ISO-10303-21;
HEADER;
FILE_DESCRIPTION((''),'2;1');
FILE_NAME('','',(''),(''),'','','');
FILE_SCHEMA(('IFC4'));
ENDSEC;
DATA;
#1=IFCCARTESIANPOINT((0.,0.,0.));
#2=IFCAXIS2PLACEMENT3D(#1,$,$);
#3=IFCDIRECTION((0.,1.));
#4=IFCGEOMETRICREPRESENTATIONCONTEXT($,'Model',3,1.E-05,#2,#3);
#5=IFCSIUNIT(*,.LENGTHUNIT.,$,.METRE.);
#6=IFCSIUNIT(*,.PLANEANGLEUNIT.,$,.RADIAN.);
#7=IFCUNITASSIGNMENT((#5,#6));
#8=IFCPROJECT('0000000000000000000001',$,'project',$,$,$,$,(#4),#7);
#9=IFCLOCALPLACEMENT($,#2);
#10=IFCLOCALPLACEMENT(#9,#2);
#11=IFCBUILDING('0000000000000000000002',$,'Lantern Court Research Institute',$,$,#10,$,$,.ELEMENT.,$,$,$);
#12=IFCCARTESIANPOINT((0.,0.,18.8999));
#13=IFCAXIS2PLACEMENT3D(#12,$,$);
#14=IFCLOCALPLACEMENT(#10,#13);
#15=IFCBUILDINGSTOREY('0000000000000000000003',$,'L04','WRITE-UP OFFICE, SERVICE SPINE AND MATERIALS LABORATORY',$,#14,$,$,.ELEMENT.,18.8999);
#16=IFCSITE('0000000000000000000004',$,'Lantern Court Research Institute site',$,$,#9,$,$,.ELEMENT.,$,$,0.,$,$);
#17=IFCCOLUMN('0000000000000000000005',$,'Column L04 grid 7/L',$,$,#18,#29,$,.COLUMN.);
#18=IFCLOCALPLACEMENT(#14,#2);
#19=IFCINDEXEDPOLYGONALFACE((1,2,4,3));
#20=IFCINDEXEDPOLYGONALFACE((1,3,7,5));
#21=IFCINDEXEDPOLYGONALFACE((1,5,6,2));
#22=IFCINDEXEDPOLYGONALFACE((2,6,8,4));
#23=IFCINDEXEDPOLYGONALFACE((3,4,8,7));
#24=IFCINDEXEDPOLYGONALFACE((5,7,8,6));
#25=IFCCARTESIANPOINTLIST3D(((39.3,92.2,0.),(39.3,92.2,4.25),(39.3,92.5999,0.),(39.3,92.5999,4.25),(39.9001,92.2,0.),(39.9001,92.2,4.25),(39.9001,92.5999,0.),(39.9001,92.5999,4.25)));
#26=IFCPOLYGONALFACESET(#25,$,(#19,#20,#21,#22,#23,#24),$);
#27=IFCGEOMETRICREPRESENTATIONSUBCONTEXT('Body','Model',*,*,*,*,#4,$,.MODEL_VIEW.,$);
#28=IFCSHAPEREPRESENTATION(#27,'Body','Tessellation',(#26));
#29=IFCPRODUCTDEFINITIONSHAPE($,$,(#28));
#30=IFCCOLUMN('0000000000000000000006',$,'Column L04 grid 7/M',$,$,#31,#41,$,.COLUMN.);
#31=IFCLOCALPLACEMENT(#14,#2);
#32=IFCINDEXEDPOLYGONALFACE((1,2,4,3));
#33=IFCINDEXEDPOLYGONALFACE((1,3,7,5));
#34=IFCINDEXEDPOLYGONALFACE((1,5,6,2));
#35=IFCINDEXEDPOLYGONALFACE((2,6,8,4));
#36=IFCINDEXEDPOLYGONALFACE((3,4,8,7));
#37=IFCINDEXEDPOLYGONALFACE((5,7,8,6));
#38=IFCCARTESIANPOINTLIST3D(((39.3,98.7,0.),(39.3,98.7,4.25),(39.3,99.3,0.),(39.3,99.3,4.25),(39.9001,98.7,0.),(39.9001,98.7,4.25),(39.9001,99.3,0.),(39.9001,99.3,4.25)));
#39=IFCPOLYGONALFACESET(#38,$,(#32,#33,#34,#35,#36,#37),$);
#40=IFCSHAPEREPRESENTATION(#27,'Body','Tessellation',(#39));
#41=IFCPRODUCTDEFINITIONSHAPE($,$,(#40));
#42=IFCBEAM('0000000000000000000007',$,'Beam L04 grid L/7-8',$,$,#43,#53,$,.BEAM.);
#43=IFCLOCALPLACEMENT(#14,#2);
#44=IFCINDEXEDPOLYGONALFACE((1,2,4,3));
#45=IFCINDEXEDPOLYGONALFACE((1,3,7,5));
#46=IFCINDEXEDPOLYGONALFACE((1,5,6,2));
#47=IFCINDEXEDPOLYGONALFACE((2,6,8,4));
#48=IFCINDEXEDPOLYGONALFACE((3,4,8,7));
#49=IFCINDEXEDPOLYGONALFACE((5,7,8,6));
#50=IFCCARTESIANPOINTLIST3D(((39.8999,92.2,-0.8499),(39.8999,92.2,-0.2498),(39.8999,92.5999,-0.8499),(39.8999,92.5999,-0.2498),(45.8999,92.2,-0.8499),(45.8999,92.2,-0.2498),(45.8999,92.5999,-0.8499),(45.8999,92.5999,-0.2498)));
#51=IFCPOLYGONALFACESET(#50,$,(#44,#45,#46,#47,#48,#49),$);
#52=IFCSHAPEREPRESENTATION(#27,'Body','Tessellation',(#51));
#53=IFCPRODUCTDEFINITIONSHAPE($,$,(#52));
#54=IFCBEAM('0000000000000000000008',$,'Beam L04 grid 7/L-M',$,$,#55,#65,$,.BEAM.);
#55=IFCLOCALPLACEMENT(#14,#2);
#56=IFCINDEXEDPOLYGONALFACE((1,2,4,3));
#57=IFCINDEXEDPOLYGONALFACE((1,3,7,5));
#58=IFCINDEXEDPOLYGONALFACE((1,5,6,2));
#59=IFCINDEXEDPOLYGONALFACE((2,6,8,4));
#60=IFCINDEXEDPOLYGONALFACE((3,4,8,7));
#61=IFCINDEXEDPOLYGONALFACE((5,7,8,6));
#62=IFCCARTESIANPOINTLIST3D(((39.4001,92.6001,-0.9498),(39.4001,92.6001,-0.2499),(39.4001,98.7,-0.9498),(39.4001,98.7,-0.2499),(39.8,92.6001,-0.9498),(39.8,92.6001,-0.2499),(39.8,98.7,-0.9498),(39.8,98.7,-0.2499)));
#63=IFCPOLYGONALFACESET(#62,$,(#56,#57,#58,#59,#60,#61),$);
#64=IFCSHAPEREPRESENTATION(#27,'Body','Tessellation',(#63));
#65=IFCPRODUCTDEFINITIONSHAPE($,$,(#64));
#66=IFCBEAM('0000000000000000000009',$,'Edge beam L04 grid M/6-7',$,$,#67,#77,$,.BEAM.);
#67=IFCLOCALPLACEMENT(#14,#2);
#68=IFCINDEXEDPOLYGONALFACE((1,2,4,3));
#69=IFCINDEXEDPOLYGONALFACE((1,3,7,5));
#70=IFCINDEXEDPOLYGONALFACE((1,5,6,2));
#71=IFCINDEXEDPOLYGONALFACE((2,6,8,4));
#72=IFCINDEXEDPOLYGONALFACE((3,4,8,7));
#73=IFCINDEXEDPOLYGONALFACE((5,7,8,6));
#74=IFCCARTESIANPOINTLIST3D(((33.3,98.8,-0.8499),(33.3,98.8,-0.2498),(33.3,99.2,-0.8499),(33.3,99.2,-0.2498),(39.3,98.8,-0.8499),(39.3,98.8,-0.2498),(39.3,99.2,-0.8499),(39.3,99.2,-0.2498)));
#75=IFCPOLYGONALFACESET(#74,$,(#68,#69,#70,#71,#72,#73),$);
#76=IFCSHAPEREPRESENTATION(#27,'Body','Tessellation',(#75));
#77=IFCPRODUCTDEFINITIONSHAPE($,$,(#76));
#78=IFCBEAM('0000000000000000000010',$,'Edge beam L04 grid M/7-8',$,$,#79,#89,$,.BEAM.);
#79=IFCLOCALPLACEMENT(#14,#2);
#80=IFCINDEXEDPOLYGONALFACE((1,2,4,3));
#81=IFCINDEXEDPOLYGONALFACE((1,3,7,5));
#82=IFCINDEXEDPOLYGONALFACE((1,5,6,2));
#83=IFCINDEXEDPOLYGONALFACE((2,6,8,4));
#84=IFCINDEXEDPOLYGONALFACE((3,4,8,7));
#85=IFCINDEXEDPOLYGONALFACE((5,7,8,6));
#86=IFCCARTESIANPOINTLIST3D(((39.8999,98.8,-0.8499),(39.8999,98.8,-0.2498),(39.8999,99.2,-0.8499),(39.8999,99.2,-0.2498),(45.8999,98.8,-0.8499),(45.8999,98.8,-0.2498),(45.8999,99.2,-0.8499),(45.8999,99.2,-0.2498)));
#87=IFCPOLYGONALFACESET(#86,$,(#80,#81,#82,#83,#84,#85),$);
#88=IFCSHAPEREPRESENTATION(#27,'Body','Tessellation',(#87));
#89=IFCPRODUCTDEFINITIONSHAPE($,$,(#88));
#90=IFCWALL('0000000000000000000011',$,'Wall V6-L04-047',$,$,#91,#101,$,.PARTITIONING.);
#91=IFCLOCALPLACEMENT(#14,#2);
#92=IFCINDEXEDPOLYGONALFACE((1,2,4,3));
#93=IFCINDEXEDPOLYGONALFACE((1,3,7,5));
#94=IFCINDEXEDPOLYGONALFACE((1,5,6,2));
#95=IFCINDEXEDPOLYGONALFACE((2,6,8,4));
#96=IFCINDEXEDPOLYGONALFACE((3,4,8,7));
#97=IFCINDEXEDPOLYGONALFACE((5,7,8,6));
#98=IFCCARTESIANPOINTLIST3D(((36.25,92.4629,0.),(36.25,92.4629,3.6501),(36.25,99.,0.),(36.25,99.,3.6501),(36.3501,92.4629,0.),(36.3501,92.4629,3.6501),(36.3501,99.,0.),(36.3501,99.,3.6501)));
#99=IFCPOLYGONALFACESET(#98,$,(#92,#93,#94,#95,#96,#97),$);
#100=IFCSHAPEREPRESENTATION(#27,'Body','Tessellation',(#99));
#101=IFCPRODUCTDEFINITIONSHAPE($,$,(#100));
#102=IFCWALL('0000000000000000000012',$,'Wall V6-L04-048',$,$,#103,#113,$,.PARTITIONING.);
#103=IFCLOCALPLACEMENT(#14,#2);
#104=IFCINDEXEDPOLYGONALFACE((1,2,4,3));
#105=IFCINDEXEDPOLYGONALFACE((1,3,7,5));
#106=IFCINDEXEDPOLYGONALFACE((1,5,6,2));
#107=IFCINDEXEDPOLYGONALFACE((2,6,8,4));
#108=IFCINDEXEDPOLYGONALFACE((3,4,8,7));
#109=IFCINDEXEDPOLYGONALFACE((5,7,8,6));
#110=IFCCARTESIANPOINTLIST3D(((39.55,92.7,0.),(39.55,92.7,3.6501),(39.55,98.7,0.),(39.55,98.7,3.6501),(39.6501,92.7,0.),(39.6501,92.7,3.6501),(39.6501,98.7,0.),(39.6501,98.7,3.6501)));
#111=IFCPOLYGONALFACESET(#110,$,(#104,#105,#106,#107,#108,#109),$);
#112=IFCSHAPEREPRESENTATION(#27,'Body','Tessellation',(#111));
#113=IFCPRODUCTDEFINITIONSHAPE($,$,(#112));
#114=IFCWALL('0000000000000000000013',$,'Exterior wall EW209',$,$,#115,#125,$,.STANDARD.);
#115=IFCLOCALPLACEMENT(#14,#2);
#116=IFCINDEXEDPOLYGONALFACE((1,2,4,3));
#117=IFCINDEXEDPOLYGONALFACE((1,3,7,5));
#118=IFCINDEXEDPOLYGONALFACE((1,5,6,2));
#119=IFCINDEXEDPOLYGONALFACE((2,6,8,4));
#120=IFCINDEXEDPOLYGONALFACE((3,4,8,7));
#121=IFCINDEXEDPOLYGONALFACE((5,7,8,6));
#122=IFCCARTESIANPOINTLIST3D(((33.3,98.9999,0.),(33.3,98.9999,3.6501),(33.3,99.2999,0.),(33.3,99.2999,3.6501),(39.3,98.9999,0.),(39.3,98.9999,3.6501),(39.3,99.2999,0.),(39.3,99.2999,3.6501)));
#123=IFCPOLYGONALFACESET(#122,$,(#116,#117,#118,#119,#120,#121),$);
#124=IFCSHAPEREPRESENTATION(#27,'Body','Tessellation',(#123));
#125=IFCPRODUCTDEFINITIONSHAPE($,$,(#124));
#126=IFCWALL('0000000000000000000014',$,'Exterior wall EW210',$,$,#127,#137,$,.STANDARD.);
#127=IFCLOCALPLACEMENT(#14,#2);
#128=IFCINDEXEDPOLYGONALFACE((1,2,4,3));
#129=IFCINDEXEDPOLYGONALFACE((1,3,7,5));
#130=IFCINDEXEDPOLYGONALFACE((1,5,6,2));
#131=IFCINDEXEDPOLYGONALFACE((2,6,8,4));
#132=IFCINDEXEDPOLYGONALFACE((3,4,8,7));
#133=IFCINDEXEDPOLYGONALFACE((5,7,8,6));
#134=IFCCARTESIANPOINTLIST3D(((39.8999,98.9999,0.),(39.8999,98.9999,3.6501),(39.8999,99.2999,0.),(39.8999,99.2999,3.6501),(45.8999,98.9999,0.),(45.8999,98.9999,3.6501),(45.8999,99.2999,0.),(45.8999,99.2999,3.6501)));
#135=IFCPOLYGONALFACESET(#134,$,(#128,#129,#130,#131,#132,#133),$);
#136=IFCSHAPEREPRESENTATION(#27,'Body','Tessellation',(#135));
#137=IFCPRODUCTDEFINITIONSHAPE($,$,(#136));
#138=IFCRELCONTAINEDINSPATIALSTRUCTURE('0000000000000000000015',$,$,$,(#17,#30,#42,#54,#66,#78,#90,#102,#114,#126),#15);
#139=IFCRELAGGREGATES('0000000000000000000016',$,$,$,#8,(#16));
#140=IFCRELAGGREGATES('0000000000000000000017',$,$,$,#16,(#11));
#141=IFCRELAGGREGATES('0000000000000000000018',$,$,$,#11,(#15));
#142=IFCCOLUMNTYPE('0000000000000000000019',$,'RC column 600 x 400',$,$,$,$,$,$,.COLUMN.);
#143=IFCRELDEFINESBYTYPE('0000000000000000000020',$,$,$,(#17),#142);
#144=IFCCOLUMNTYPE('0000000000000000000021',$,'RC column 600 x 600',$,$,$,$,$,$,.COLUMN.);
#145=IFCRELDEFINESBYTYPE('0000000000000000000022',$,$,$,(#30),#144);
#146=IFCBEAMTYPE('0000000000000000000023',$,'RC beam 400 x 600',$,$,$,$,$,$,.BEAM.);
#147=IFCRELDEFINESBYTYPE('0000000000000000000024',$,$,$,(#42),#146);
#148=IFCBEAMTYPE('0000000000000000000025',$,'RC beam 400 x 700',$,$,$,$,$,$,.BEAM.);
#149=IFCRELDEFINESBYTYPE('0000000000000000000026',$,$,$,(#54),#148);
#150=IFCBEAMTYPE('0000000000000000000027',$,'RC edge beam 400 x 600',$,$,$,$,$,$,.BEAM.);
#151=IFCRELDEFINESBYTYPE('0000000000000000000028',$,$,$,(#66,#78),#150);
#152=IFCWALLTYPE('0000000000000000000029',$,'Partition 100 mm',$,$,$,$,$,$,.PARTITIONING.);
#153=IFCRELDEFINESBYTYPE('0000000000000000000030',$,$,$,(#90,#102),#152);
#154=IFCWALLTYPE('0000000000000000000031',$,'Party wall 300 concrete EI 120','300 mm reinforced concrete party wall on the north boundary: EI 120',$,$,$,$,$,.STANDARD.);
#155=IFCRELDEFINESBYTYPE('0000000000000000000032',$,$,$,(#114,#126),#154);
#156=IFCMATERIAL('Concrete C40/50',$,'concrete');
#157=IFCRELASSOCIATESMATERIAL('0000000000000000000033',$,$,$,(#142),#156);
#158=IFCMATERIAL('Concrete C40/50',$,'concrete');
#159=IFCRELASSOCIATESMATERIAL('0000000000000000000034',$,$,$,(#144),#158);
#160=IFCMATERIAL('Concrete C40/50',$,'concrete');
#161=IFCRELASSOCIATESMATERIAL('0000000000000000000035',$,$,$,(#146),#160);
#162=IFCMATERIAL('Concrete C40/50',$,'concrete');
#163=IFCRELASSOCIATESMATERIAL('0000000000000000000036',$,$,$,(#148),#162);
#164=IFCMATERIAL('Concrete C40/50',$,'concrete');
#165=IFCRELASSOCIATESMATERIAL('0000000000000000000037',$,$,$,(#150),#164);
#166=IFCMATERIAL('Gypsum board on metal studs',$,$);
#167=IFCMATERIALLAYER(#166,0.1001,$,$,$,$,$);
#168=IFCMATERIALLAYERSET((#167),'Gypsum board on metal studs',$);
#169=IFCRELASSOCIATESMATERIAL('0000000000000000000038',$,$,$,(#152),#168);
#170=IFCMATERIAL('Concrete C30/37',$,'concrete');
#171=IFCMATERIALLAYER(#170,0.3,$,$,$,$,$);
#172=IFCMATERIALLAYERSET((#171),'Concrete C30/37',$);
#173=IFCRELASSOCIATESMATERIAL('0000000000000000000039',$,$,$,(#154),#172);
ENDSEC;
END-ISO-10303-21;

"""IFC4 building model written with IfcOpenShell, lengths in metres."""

from ifc_helpers import new_model, si_unit, direction, frame, frame_2d, origin, origin_2d, place, context, subcontext, project, spatial, rectangle, extrude, material, layer, layer_set, material_profile, profile_set, type_object, element, save


model = new_model("IFC4")

# Units and contexts
model_context = context("Model", 3, precision=1e-05, world=origin(), true_north=direction((0.0, 1.0)))
body_context = subcontext(model_context, "Body", "Model", "MODEL_VIEW")
ifc_project = project(units=[si_unit("LENGTHUNIT", "METRE"), si_unit("PLANEANGLEUNIT", "RADIAN")], contexts=[model_context])

# Site, building, storey
site_placement = place(None, origin())
site = spatial("IfcSite", under=ifc_project, at=site_placement, Name="Lantern Court Research Institute site", CompositionType="ELEMENT", RefElevation=0.0)
building_placement = place(site_placement, origin())
building = spatial("IfcBuilding", under=site, at=building_placement, Name="Lantern Court Research Institute", CompositionType="ELEMENT")
storey_placement = place(building_placement, frame((0.0, 0.0, 18.8999)))
storey = spatial("IfcBuildingStorey", under=building, at=storey_placement, Name="L04", Description="WRITE-UP OFFICE, SERVICE SPINE AND MATERIALS LABORATORY", CompositionType="ELEMENT", Elevation=18.8999)

# Columns
ifc_material_1 = material(Name="Concrete C40/50", Category="concrete")
ifc_material_profile_1 = material_profile(ifc_material_1, rectangle(XDim=0.6001, YDim=0.3999, at=origin_2d()), Name="RC column 600 x 400")
ifc_profile_set_1 = profile_set([ifc_material_profile_1], Name="Concrete C40/50")
column_type_1 = type_object("IfcColumnType", Name="RC column 600 x 400", PredefinedType="COLUMN", material=ifc_profile_set_1)
column_1_placement = place(storey_placement, frame((39.6001, 92.3999, 0.0), z_axis=(0.0, 0.0, 1.0), x_axis=(1.0, 0.0, 0.0)))
element("IfcColumn", 1, at=column_1_placement, inside=storey, type_object=column_type_1, Name="Column L04 grid 7/L", PredefinedType="COLUMN", context=body_context, shape_type="SweptSolid", body=[
    extrude(rectangle(XDim=0.6001, YDim=0.3999, at=origin_2d()), origin(), (0.0, 0.0, 1.0), 4.25),
])
ifc_material_2 = material(Name="Concrete C40/50", Category="concrete")
ifc_material_profile_2 = material_profile(ifc_material_2, rectangle(XDim=0.6001, YDim=0.6001, at=origin_2d()), Name="RC column 600 x 600")
ifc_profile_set_2 = profile_set([ifc_material_profile_2], Name="Concrete C40/50")
column_type_2 = type_object("IfcColumnType", Name="RC column 600 x 600", PredefinedType="COLUMN", material=ifc_profile_set_2)
column_2_placement = place(storey_placement, frame((39.6001, 99.0, 0.0), z_axis=(0.0, 0.0, 1.0), x_axis=(1.0, 0.0, 0.0)))
element("IfcColumn", 2, at=column_2_placement, inside=storey, type_object=column_type_2, Name="Column L04 grid 7/M", PredefinedType="COLUMN", context=body_context, shape_type="SweptSolid", body=[
    extrude(rectangle(XDim=0.6001, YDim=0.6001, at=origin_2d()), origin(), (0.0, 0.0, 1.0), 4.25),
])

# Beams
ifc_material_3 = material(Name="Concrete C40/50", Category="concrete")
ifc_material_profile_3 = material_profile(ifc_material_3, rectangle(XDim=0.3999, YDim=0.6001, at=origin_2d()), Name="RC beam 400 x 600")
ifc_profile_set_3 = profile_set([ifc_material_profile_3], Name="Concrete C40/50")
beam_type_1 = type_object("IfcBeamType", Name="RC beam 400 x 600", PredefinedType="BEAM", material=ifc_profile_set_3)
beam_1_placement = place(storey_placement, frame((39.8999, 92.3999, -0.5498), z_axis=(1.0, 0.0, 0.0), x_axis=(0.0, 1.0, 0.0)))
element("IfcBeam", 3, at=beam_1_placement, inside=storey, type_object=beam_type_1, Name="Beam L04 grid L/7-8", PredefinedType="BEAM", context=body_context, shape_type="SweptSolid", body=[
    extrude(rectangle(XDim=0.3999, YDim=0.6001, at=origin_2d()), origin(), (0.0, 0.0, 1.0), 6.0),
])
ifc_material_4 = material(Name="Concrete C40/50", Category="concrete")
ifc_material_profile_4 = material_profile(ifc_material_4, rectangle(XDim=0.3999, YDim=0.7, at=origin_2d()), Name="RC beam 400 x 700")
ifc_profile_set_4 = profile_set([ifc_material_profile_4], Name="Concrete C40/50")
beam_type_2 = type_object("IfcBeamType", Name="RC beam 400 x 700", PredefinedType="BEAM", material=ifc_profile_set_4)
beam_2_placement = place(storey_placement, frame((39.6001, 92.6001, -0.5999), z_axis=(0.0, 1.0, 0.0), x_axis=(-1.0, 0.0, 0.0)))
element("IfcBeam", 4, at=beam_2_placement, inside=storey, type_object=beam_type_2, Name="Beam L04 grid 7/L-M", PredefinedType="BEAM", context=body_context, shape_type="SweptSolid", body=[
    extrude(rectangle(XDim=0.3999, YDim=0.7, at=origin_2d()), origin(), (0.0, 0.0, 1.0), 6.0999),
])
ifc_material_5 = material(Name="Concrete C40/50", Category="concrete")
ifc_material_profile_5 = material_profile(ifc_material_5, rectangle(XDim=0.3999, YDim=0.6001, at=origin_2d()), Name="RC beam 400 x 600")
ifc_profile_set_5 = profile_set([ifc_material_profile_5], Name="Concrete C40/50")
beam_type_3 = type_object("IfcBeamType", Name="RC edge beam 400 x 600", PredefinedType="BEAM", material=ifc_profile_set_5)
for number, where, z_axis, x_axis, name in (
    (5, (33.3, 99.0, -0.5498), (1.0, 0.0, 0.0), (0.0, 1.0, 0.0), "Edge beam L04 grid M/6-7"),
    (6, (39.8999, 99.0, -0.5498), (1.0, 0.0, 0.0), (0.0, 1.0, 0.0), "Edge beam L04 grid M/7-8"),
):
    element("IfcBeam", number, at=place(storey_placement, frame(where, z_axis=z_axis, x_axis=x_axis)), inside=storey, type_object=beam_type_3, Name=name, PredefinedType="BEAM", context=body_context, shape_type="SweptSolid", body=[
        extrude(rectangle(XDim=0.3999, YDim=0.6001, at=origin_2d()), origin(), (0.0, 0.0, 1.0), 6.0),
    ])

# Walls
ifc_material_6 = material(Name="Gypsum board on metal studs")
ifc_layer_1 = layer(ifc_material_6, 0.1001)
ifc_layer_set_1 = layer_set([ifc_layer_1], Name="Gypsum board on metal studs")
wall_type_1 = type_object("IfcWallType", Name="Partition 100 mm", PredefinedType="PARTITIONING", material=ifc_layer_set_1)
wall_1_placement = place(storey_placement, frame((36.3, 92.4629, 0.0), z_axis=(0.0, 0.0, 1.0), x_axis=(0.0, 1.0, 0.0)))
element("IfcWall", 7, at=wall_1_placement, inside=storey, type_object=wall_type_1, Name="Wall V6-L04-047", PredefinedType="PARTITIONING", context=body_context, shape_type="SweptSolid", body=[
    extrude(rectangle(XDim=6.5371, YDim=0.1001, at=frame_2d((3.2686, 0.0))), origin(), (0.0, 0.0, 1.0), 3.6501),
])
wall_2_placement = place(storey_placement, frame((39.6001, 92.7, 0.0), z_axis=(0.0, 0.0, 1.0), x_axis=(0.0, 1.0, 0.0)))
element("IfcWall", 8, at=wall_2_placement, inside=storey, type_object=wall_type_1, Name="Wall V6-L04-048", PredefinedType="PARTITIONING", context=body_context, shape_type="SweptSolid", body=[
    extrude(rectangle(XDim=6.0, YDim=0.1001, at=frame_2d((3.0, 0.0))), origin(), (0.0, 0.0, 1.0), 3.6501),
])
ifc_material_7 = material(Name="Concrete C30/37", Category="concrete")
ifc_layer_2 = layer(ifc_material_7, 0.3)
ifc_layer_set_2 = layer_set([ifc_layer_2], Name="Concrete C30/37")
wall_type_2 = type_object("IfcWallType", Name="Party wall 300 concrete EI 120", Description="300 mm reinforced concrete party wall on the north boundary: EI 120", PredefinedType="STANDARD", material=ifc_layer_set_2)
for number, where, z_axis, x_axis, name in (
    (9, (33.3, 99.1499, 0.0), (0.0, 0.0, 1.0), (1.0, 0.0, 0.0), "Exterior wall EW209"),
    (10, (39.8999, 99.1499, 0.0), (0.0, 0.0, 1.0), (1.0, 0.0, 0.0), "Exterior wall EW210"),
):
    element("IfcWall", number, at=place(storey_placement, frame(where, z_axis=z_axis, x_axis=x_axis)), inside=storey, type_object=wall_type_2, Name=name, PredefinedType="STANDARD", context=body_context, shape_type="SweptSolid", body=[
        extrude(rectangle(XDim=6.0, YDim=0.3, at=frame_2d((3.0, 0.0))), origin(), (0.0, 0.0, 1.0), 3.6501),
    ])

save(model, "model.ifc")
